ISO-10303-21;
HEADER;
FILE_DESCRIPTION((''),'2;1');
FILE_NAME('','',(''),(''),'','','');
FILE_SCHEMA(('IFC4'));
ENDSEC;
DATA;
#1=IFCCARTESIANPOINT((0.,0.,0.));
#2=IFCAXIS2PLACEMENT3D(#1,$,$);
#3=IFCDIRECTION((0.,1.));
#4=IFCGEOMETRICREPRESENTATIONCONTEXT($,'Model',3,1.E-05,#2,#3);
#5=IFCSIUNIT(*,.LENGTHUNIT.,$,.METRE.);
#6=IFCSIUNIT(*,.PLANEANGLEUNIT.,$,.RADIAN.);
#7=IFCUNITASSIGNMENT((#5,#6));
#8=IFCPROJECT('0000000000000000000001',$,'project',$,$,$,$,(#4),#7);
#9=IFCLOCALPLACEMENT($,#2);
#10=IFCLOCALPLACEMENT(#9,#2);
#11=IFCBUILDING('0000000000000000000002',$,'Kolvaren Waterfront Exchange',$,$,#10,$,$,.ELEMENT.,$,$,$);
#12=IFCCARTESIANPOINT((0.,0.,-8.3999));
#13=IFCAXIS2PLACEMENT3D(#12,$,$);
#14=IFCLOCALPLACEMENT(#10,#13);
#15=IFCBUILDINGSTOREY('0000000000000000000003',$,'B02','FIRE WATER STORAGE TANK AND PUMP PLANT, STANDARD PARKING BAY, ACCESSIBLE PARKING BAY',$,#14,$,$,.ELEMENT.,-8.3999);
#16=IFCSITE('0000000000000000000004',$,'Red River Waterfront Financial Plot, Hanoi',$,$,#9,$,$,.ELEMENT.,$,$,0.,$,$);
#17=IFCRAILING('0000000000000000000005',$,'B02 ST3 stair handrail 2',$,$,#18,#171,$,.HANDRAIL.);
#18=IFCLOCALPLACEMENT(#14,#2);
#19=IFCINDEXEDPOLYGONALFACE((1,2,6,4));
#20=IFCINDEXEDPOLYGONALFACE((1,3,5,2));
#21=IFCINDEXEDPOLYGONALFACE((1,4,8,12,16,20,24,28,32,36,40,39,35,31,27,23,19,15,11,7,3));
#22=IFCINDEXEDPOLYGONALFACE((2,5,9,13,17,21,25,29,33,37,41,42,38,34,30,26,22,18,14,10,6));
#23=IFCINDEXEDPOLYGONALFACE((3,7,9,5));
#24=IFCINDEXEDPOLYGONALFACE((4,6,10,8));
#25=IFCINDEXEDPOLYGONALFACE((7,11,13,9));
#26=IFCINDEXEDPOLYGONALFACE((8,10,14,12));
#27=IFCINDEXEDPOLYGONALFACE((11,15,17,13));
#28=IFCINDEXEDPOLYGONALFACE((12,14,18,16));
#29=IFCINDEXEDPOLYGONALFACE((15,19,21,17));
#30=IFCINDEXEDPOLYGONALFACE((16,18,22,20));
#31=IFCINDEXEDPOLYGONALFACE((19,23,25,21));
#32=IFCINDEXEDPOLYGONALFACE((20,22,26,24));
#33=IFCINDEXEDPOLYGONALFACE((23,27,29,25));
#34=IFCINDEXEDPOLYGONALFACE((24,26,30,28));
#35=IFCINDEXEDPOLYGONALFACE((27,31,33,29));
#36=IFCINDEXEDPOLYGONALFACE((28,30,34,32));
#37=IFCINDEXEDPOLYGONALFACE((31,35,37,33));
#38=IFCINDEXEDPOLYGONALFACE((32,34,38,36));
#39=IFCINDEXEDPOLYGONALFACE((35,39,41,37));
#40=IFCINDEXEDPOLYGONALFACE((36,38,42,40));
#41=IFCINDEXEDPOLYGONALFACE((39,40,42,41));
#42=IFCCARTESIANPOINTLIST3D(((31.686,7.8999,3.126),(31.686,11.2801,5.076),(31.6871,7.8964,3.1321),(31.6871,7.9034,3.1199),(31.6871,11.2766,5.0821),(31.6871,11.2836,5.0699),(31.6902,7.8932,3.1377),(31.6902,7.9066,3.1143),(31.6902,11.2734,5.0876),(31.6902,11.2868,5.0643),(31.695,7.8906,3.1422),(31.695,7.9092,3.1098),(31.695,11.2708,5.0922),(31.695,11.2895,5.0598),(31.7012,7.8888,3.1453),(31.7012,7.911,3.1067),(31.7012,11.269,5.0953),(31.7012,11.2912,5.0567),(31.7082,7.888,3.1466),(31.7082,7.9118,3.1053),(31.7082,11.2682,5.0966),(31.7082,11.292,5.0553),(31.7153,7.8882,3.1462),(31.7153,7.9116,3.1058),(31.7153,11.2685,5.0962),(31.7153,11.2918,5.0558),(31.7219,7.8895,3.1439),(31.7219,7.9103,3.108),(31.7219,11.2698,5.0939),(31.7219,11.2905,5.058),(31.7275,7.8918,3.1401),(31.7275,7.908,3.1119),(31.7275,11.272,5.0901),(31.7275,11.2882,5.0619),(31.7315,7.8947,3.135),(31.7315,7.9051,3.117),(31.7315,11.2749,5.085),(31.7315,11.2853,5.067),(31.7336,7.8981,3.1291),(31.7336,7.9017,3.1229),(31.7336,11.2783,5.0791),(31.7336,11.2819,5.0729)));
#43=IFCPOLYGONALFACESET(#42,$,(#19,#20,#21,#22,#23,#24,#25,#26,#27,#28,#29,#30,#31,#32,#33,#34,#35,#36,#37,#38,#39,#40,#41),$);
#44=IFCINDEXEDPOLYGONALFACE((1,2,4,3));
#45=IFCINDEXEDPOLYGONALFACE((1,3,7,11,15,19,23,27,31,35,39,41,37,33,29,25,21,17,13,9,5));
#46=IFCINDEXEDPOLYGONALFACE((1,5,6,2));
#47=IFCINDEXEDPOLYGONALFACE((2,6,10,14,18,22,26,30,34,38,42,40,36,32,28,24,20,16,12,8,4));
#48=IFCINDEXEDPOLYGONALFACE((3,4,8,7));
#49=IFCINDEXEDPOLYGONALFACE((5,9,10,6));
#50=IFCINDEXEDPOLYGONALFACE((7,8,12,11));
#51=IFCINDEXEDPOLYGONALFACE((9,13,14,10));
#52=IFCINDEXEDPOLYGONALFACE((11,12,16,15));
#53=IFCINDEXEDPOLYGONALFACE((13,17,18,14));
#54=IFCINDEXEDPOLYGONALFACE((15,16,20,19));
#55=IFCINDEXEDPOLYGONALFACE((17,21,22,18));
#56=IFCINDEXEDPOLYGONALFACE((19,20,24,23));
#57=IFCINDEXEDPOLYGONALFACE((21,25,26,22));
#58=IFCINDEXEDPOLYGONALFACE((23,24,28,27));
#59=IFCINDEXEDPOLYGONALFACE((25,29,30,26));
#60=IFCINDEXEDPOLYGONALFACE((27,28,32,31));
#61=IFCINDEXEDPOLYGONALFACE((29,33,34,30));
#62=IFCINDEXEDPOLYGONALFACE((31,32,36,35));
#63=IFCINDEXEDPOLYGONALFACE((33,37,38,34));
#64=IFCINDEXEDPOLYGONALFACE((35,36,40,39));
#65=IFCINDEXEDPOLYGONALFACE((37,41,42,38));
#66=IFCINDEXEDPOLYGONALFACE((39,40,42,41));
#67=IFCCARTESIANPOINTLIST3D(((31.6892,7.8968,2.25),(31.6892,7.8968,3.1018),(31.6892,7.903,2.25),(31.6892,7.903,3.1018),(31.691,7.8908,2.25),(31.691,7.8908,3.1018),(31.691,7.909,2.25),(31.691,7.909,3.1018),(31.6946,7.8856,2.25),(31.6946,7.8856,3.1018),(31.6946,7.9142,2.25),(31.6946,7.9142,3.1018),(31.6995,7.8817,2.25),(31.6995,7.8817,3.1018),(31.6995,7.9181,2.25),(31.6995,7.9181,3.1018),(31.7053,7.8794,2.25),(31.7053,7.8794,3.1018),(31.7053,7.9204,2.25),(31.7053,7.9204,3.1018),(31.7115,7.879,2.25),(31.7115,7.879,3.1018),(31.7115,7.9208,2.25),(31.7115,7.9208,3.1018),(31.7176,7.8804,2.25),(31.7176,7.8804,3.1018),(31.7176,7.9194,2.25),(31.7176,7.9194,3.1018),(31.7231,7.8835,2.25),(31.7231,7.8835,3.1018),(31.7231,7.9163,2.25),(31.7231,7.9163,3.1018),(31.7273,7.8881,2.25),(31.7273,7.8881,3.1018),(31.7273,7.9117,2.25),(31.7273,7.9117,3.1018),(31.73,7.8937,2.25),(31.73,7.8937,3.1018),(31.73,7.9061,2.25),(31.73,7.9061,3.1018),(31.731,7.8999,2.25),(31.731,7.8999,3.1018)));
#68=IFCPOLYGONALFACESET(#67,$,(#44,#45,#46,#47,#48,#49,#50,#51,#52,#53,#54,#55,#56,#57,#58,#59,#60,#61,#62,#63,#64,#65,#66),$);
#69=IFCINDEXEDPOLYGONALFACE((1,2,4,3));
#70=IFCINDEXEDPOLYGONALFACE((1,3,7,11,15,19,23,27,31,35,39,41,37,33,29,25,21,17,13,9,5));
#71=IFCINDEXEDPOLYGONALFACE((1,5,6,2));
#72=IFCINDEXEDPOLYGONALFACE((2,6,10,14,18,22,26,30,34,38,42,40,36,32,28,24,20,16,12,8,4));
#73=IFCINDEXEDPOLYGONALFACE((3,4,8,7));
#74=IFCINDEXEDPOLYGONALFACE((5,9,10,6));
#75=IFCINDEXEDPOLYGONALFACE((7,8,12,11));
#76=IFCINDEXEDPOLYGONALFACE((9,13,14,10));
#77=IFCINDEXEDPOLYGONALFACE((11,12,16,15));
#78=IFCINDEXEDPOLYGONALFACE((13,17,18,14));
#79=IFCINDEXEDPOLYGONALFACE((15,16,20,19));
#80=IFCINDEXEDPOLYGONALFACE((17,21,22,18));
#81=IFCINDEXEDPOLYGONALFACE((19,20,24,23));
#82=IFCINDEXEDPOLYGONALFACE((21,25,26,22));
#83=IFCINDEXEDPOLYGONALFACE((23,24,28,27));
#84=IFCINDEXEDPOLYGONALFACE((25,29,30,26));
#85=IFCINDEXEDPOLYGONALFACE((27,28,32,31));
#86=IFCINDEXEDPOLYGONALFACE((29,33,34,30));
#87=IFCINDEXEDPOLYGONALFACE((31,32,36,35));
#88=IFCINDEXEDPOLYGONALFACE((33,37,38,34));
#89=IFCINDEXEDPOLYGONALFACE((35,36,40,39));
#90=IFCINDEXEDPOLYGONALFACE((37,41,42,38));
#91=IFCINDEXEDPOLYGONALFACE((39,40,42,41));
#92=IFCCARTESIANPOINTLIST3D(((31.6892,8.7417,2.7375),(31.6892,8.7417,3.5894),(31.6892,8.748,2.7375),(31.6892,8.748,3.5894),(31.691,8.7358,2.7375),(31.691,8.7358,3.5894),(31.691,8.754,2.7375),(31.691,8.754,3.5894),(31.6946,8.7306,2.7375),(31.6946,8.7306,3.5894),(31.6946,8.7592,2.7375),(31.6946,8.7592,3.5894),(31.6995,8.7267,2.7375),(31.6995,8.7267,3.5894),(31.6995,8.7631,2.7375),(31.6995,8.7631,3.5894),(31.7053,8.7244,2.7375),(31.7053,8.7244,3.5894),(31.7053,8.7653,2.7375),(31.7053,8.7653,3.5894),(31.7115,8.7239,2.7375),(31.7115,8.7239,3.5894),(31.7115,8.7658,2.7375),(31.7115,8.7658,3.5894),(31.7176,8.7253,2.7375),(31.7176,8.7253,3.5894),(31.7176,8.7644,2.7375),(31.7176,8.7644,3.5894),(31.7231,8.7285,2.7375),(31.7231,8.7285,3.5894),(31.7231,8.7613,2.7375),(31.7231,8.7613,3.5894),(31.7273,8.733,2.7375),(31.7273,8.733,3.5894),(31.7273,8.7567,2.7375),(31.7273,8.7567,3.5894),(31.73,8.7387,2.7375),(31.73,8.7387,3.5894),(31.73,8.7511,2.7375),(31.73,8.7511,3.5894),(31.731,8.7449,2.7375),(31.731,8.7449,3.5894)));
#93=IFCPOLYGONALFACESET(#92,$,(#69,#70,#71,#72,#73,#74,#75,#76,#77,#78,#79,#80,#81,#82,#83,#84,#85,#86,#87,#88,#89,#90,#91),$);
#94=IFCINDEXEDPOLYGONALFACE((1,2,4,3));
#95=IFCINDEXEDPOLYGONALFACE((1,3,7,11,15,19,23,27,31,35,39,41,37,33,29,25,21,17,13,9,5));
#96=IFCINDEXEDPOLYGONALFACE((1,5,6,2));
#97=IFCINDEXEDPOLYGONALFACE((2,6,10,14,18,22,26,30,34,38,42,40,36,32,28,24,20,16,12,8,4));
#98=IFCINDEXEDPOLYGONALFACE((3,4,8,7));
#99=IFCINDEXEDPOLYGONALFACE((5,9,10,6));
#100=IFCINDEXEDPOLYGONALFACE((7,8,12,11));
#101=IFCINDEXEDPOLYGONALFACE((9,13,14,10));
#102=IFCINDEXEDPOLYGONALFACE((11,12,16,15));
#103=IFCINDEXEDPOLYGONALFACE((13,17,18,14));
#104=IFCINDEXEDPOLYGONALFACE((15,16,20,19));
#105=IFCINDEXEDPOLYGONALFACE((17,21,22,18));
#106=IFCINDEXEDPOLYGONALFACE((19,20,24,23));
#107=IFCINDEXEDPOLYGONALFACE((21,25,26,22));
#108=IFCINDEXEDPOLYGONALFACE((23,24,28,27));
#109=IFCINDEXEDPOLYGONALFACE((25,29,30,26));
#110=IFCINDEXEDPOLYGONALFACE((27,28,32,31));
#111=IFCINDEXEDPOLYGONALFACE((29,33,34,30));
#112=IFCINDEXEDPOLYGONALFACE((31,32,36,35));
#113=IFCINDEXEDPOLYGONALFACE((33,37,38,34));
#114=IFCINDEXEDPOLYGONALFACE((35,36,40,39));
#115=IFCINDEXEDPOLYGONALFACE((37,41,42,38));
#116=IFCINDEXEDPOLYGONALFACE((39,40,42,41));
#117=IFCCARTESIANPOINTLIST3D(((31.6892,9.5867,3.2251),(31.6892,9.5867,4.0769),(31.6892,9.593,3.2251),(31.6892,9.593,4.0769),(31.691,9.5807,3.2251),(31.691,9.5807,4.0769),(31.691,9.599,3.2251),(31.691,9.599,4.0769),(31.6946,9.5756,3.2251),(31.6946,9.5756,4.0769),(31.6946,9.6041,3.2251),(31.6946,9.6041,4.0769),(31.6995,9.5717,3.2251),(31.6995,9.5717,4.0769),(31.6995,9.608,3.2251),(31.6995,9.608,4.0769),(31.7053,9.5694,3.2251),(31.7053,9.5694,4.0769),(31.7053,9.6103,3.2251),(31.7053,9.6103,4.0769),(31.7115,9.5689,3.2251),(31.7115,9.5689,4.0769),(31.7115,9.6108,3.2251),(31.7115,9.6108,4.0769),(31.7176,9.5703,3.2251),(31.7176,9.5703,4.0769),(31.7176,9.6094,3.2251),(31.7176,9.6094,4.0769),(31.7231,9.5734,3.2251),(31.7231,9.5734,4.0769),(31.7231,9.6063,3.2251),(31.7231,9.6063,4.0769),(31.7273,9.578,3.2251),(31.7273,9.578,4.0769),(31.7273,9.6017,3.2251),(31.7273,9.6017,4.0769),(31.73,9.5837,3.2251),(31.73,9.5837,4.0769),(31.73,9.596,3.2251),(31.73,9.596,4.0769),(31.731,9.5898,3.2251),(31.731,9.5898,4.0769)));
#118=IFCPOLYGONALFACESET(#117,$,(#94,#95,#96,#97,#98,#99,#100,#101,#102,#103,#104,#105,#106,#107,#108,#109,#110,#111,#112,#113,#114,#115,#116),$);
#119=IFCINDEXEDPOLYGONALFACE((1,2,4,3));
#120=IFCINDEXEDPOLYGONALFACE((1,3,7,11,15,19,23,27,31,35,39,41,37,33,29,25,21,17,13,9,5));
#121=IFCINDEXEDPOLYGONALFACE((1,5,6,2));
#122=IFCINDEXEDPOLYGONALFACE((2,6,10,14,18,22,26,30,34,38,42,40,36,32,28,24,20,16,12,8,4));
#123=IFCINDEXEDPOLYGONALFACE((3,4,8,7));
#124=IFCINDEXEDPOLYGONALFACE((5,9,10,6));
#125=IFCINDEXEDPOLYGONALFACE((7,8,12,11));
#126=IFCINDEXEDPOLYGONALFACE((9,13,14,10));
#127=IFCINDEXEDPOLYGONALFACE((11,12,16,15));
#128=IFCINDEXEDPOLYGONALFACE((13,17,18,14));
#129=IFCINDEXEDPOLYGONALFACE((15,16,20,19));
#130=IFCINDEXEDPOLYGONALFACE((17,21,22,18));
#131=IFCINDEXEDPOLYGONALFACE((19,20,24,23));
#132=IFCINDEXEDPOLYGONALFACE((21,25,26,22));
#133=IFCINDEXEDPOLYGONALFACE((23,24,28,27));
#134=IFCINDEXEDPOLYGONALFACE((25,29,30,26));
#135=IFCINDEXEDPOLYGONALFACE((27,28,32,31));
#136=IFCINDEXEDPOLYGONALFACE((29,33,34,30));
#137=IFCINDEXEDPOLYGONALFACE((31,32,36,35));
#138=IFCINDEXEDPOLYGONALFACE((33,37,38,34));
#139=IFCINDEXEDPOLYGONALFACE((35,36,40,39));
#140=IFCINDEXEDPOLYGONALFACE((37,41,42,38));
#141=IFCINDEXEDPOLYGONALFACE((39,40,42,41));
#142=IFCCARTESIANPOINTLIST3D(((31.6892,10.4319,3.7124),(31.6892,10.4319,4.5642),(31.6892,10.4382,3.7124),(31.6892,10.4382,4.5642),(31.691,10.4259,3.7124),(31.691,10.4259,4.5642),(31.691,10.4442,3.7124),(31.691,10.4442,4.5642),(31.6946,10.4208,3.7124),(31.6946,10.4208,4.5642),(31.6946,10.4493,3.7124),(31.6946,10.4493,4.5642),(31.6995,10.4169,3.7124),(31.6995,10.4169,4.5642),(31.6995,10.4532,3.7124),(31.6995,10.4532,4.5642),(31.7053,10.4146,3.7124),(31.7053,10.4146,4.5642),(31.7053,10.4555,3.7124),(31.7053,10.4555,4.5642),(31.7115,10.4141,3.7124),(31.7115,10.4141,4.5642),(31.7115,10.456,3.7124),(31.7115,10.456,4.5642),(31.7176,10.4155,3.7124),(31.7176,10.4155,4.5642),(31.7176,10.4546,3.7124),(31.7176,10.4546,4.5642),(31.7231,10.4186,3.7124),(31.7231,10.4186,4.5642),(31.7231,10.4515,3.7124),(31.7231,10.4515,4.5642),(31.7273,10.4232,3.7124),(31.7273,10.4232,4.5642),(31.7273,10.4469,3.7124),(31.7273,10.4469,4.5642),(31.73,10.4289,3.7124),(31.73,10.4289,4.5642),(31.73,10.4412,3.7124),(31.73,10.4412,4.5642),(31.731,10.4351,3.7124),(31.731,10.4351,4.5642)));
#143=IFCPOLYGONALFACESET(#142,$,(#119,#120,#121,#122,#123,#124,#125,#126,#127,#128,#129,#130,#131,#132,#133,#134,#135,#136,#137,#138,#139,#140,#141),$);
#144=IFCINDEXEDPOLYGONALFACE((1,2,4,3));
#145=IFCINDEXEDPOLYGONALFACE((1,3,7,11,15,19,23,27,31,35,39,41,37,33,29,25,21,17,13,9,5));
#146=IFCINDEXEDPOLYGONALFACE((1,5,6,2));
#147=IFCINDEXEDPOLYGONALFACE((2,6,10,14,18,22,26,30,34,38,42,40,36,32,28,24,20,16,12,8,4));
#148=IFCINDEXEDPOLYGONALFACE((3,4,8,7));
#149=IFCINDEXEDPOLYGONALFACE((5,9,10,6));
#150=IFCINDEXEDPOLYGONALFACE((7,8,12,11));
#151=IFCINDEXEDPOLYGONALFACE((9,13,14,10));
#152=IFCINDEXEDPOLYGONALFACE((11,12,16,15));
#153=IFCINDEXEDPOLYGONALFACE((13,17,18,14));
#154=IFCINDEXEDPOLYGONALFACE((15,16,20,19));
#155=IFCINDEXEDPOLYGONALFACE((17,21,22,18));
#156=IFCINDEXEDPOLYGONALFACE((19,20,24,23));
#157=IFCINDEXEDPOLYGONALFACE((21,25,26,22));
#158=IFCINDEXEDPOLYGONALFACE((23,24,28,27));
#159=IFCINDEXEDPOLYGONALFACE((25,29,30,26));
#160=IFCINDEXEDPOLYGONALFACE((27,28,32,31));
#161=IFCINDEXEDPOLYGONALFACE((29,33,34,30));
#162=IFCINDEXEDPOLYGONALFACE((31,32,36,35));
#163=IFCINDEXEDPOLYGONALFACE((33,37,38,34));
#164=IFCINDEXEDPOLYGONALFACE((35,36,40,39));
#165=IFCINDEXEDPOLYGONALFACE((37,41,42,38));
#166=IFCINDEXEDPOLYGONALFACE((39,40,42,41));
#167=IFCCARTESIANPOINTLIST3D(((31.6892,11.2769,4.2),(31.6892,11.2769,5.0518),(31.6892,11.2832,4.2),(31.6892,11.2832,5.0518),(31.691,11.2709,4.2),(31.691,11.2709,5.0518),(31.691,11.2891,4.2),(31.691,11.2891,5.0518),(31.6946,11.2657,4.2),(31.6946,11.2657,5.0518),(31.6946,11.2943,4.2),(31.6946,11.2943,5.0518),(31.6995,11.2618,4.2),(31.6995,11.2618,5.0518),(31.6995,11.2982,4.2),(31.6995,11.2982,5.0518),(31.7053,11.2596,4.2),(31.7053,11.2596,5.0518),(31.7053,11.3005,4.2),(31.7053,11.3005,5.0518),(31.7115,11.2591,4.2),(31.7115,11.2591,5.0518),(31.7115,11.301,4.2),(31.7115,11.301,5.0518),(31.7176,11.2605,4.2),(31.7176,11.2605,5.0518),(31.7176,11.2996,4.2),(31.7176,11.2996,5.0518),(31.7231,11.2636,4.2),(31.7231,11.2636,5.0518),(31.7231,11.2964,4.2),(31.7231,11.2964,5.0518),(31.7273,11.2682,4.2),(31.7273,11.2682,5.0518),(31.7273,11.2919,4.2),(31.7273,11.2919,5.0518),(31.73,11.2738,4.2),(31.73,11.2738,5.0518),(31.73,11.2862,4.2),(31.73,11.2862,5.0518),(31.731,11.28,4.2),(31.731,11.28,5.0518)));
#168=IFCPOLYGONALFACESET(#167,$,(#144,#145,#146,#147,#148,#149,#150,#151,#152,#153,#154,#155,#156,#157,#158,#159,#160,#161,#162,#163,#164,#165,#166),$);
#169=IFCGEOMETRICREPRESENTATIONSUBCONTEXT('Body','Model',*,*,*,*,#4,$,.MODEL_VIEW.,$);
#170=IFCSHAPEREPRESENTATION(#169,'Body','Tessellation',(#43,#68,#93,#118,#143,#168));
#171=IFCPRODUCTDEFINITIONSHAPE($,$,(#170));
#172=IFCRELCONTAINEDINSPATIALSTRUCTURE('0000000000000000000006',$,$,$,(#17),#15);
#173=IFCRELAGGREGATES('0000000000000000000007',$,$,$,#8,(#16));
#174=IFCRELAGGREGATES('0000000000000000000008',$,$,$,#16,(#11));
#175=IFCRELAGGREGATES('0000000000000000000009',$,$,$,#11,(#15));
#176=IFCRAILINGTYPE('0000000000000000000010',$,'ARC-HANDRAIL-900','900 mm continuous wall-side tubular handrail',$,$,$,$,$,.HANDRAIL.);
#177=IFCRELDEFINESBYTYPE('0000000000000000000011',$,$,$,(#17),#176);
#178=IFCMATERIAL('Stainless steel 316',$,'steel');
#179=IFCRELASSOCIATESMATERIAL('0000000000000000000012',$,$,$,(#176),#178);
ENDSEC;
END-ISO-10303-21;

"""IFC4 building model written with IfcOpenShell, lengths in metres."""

from ifc_helpers import new_model, si_unit, direction, frame, origin, origin_2d, place, context, subcontext, project, spatial, circle, extrude, material, type_object, element, save


model = new_model("IFC4")

# Units and contexts
model_context = context("Model", 3, precision=1e-05, world=origin(), true_north=direction((0.0, 1.0)))
body_context = subcontext(model_context, "Body", "Model", "MODEL_VIEW")
ifc_project = project(units=[si_unit("LENGTHUNIT", "METRE"), si_unit("PLANEANGLEUNIT", "RADIAN")], contexts=[model_context])

# Site, building, storey
site_placement = place(None, origin())
site = spatial("IfcSite", under=ifc_project, at=site_placement, Name="Red River Waterfront Financial Plot, Hanoi", CompositionType="ELEMENT", RefElevation=0.0)
building_placement = place(site_placement, origin())
building = spatial("IfcBuilding", under=site, at=building_placement, Name="Kolvaren Waterfront Exchange", CompositionType="ELEMENT")
storey_placement = place(building_placement, frame((0.0, 0.0, -8.3999)))
storey = spatial("IfcBuildingStorey", under=building, at=storey_placement, Name="B02", Description="FIRE WATER STORAGE TANK AND PUMP PLANT, STANDARD PARKING BAY, ACCESSIBLE PARKING BAY", CompositionType="ELEMENT", Elevation=-8.3999)

# Railing
ifc_material_1 = material(Name="Stainless steel 316", Category="steel")
railing_type_1 = type_object("IfcRailingType", Name="ARC-HANDRAIL-900", Description="900 mm continuous wall-side tubular handrail", PredefinedType="HANDRAIL", material=ifc_material_1)
railing_1_placement = place(storey_placement, frame((31.71, 7.8999, 2.25)))
element("IfcRailing", 1, at=railing_1_placement, inside=storey, type_object=railing_type_1, Name="B02 ST3 stair handrail 2", PredefinedType="HANDRAIL", context=body_context, shape_type="SweptSolid", body=[
    extrude(circle(Radius=0.0239, at=origin_2d()), frame((0.0, 0.0, 0.876), z_axis=(0.0, 0.866199, 0.499699), x_axis=(-1.0, 0.0, 0.0)), (0.0, 0.0, 1.0), 3.9023),
    extrude(circle(Radius=0.021, at=origin_2d()), origin(), (0.0, 0.0, 1.0), 0.8518),
    extrude(circle(Radius=0.021, at=origin_2d()), frame((0.0, 0.845, 0.4875)), (0.0, 0.0, 1.0), 0.8518),
    extrude(circle(Radius=0.021, at=origin_2d()), frame((0.0, 1.6899, 0.9751)), (0.0, 0.0, 1.0), 0.8518),
    extrude(circle(Radius=0.021, at=origin_2d()), frame((0.0, 2.5352, 1.4624)), (0.0, 0.0, 1.0), 0.8518),
    extrude(circle(Radius=0.021, at=origin_2d()), frame((0.0, 3.3801, 1.95)), (0.0, 0.0, 1.0), 0.8518),
])

save(model, "model.ifc")
